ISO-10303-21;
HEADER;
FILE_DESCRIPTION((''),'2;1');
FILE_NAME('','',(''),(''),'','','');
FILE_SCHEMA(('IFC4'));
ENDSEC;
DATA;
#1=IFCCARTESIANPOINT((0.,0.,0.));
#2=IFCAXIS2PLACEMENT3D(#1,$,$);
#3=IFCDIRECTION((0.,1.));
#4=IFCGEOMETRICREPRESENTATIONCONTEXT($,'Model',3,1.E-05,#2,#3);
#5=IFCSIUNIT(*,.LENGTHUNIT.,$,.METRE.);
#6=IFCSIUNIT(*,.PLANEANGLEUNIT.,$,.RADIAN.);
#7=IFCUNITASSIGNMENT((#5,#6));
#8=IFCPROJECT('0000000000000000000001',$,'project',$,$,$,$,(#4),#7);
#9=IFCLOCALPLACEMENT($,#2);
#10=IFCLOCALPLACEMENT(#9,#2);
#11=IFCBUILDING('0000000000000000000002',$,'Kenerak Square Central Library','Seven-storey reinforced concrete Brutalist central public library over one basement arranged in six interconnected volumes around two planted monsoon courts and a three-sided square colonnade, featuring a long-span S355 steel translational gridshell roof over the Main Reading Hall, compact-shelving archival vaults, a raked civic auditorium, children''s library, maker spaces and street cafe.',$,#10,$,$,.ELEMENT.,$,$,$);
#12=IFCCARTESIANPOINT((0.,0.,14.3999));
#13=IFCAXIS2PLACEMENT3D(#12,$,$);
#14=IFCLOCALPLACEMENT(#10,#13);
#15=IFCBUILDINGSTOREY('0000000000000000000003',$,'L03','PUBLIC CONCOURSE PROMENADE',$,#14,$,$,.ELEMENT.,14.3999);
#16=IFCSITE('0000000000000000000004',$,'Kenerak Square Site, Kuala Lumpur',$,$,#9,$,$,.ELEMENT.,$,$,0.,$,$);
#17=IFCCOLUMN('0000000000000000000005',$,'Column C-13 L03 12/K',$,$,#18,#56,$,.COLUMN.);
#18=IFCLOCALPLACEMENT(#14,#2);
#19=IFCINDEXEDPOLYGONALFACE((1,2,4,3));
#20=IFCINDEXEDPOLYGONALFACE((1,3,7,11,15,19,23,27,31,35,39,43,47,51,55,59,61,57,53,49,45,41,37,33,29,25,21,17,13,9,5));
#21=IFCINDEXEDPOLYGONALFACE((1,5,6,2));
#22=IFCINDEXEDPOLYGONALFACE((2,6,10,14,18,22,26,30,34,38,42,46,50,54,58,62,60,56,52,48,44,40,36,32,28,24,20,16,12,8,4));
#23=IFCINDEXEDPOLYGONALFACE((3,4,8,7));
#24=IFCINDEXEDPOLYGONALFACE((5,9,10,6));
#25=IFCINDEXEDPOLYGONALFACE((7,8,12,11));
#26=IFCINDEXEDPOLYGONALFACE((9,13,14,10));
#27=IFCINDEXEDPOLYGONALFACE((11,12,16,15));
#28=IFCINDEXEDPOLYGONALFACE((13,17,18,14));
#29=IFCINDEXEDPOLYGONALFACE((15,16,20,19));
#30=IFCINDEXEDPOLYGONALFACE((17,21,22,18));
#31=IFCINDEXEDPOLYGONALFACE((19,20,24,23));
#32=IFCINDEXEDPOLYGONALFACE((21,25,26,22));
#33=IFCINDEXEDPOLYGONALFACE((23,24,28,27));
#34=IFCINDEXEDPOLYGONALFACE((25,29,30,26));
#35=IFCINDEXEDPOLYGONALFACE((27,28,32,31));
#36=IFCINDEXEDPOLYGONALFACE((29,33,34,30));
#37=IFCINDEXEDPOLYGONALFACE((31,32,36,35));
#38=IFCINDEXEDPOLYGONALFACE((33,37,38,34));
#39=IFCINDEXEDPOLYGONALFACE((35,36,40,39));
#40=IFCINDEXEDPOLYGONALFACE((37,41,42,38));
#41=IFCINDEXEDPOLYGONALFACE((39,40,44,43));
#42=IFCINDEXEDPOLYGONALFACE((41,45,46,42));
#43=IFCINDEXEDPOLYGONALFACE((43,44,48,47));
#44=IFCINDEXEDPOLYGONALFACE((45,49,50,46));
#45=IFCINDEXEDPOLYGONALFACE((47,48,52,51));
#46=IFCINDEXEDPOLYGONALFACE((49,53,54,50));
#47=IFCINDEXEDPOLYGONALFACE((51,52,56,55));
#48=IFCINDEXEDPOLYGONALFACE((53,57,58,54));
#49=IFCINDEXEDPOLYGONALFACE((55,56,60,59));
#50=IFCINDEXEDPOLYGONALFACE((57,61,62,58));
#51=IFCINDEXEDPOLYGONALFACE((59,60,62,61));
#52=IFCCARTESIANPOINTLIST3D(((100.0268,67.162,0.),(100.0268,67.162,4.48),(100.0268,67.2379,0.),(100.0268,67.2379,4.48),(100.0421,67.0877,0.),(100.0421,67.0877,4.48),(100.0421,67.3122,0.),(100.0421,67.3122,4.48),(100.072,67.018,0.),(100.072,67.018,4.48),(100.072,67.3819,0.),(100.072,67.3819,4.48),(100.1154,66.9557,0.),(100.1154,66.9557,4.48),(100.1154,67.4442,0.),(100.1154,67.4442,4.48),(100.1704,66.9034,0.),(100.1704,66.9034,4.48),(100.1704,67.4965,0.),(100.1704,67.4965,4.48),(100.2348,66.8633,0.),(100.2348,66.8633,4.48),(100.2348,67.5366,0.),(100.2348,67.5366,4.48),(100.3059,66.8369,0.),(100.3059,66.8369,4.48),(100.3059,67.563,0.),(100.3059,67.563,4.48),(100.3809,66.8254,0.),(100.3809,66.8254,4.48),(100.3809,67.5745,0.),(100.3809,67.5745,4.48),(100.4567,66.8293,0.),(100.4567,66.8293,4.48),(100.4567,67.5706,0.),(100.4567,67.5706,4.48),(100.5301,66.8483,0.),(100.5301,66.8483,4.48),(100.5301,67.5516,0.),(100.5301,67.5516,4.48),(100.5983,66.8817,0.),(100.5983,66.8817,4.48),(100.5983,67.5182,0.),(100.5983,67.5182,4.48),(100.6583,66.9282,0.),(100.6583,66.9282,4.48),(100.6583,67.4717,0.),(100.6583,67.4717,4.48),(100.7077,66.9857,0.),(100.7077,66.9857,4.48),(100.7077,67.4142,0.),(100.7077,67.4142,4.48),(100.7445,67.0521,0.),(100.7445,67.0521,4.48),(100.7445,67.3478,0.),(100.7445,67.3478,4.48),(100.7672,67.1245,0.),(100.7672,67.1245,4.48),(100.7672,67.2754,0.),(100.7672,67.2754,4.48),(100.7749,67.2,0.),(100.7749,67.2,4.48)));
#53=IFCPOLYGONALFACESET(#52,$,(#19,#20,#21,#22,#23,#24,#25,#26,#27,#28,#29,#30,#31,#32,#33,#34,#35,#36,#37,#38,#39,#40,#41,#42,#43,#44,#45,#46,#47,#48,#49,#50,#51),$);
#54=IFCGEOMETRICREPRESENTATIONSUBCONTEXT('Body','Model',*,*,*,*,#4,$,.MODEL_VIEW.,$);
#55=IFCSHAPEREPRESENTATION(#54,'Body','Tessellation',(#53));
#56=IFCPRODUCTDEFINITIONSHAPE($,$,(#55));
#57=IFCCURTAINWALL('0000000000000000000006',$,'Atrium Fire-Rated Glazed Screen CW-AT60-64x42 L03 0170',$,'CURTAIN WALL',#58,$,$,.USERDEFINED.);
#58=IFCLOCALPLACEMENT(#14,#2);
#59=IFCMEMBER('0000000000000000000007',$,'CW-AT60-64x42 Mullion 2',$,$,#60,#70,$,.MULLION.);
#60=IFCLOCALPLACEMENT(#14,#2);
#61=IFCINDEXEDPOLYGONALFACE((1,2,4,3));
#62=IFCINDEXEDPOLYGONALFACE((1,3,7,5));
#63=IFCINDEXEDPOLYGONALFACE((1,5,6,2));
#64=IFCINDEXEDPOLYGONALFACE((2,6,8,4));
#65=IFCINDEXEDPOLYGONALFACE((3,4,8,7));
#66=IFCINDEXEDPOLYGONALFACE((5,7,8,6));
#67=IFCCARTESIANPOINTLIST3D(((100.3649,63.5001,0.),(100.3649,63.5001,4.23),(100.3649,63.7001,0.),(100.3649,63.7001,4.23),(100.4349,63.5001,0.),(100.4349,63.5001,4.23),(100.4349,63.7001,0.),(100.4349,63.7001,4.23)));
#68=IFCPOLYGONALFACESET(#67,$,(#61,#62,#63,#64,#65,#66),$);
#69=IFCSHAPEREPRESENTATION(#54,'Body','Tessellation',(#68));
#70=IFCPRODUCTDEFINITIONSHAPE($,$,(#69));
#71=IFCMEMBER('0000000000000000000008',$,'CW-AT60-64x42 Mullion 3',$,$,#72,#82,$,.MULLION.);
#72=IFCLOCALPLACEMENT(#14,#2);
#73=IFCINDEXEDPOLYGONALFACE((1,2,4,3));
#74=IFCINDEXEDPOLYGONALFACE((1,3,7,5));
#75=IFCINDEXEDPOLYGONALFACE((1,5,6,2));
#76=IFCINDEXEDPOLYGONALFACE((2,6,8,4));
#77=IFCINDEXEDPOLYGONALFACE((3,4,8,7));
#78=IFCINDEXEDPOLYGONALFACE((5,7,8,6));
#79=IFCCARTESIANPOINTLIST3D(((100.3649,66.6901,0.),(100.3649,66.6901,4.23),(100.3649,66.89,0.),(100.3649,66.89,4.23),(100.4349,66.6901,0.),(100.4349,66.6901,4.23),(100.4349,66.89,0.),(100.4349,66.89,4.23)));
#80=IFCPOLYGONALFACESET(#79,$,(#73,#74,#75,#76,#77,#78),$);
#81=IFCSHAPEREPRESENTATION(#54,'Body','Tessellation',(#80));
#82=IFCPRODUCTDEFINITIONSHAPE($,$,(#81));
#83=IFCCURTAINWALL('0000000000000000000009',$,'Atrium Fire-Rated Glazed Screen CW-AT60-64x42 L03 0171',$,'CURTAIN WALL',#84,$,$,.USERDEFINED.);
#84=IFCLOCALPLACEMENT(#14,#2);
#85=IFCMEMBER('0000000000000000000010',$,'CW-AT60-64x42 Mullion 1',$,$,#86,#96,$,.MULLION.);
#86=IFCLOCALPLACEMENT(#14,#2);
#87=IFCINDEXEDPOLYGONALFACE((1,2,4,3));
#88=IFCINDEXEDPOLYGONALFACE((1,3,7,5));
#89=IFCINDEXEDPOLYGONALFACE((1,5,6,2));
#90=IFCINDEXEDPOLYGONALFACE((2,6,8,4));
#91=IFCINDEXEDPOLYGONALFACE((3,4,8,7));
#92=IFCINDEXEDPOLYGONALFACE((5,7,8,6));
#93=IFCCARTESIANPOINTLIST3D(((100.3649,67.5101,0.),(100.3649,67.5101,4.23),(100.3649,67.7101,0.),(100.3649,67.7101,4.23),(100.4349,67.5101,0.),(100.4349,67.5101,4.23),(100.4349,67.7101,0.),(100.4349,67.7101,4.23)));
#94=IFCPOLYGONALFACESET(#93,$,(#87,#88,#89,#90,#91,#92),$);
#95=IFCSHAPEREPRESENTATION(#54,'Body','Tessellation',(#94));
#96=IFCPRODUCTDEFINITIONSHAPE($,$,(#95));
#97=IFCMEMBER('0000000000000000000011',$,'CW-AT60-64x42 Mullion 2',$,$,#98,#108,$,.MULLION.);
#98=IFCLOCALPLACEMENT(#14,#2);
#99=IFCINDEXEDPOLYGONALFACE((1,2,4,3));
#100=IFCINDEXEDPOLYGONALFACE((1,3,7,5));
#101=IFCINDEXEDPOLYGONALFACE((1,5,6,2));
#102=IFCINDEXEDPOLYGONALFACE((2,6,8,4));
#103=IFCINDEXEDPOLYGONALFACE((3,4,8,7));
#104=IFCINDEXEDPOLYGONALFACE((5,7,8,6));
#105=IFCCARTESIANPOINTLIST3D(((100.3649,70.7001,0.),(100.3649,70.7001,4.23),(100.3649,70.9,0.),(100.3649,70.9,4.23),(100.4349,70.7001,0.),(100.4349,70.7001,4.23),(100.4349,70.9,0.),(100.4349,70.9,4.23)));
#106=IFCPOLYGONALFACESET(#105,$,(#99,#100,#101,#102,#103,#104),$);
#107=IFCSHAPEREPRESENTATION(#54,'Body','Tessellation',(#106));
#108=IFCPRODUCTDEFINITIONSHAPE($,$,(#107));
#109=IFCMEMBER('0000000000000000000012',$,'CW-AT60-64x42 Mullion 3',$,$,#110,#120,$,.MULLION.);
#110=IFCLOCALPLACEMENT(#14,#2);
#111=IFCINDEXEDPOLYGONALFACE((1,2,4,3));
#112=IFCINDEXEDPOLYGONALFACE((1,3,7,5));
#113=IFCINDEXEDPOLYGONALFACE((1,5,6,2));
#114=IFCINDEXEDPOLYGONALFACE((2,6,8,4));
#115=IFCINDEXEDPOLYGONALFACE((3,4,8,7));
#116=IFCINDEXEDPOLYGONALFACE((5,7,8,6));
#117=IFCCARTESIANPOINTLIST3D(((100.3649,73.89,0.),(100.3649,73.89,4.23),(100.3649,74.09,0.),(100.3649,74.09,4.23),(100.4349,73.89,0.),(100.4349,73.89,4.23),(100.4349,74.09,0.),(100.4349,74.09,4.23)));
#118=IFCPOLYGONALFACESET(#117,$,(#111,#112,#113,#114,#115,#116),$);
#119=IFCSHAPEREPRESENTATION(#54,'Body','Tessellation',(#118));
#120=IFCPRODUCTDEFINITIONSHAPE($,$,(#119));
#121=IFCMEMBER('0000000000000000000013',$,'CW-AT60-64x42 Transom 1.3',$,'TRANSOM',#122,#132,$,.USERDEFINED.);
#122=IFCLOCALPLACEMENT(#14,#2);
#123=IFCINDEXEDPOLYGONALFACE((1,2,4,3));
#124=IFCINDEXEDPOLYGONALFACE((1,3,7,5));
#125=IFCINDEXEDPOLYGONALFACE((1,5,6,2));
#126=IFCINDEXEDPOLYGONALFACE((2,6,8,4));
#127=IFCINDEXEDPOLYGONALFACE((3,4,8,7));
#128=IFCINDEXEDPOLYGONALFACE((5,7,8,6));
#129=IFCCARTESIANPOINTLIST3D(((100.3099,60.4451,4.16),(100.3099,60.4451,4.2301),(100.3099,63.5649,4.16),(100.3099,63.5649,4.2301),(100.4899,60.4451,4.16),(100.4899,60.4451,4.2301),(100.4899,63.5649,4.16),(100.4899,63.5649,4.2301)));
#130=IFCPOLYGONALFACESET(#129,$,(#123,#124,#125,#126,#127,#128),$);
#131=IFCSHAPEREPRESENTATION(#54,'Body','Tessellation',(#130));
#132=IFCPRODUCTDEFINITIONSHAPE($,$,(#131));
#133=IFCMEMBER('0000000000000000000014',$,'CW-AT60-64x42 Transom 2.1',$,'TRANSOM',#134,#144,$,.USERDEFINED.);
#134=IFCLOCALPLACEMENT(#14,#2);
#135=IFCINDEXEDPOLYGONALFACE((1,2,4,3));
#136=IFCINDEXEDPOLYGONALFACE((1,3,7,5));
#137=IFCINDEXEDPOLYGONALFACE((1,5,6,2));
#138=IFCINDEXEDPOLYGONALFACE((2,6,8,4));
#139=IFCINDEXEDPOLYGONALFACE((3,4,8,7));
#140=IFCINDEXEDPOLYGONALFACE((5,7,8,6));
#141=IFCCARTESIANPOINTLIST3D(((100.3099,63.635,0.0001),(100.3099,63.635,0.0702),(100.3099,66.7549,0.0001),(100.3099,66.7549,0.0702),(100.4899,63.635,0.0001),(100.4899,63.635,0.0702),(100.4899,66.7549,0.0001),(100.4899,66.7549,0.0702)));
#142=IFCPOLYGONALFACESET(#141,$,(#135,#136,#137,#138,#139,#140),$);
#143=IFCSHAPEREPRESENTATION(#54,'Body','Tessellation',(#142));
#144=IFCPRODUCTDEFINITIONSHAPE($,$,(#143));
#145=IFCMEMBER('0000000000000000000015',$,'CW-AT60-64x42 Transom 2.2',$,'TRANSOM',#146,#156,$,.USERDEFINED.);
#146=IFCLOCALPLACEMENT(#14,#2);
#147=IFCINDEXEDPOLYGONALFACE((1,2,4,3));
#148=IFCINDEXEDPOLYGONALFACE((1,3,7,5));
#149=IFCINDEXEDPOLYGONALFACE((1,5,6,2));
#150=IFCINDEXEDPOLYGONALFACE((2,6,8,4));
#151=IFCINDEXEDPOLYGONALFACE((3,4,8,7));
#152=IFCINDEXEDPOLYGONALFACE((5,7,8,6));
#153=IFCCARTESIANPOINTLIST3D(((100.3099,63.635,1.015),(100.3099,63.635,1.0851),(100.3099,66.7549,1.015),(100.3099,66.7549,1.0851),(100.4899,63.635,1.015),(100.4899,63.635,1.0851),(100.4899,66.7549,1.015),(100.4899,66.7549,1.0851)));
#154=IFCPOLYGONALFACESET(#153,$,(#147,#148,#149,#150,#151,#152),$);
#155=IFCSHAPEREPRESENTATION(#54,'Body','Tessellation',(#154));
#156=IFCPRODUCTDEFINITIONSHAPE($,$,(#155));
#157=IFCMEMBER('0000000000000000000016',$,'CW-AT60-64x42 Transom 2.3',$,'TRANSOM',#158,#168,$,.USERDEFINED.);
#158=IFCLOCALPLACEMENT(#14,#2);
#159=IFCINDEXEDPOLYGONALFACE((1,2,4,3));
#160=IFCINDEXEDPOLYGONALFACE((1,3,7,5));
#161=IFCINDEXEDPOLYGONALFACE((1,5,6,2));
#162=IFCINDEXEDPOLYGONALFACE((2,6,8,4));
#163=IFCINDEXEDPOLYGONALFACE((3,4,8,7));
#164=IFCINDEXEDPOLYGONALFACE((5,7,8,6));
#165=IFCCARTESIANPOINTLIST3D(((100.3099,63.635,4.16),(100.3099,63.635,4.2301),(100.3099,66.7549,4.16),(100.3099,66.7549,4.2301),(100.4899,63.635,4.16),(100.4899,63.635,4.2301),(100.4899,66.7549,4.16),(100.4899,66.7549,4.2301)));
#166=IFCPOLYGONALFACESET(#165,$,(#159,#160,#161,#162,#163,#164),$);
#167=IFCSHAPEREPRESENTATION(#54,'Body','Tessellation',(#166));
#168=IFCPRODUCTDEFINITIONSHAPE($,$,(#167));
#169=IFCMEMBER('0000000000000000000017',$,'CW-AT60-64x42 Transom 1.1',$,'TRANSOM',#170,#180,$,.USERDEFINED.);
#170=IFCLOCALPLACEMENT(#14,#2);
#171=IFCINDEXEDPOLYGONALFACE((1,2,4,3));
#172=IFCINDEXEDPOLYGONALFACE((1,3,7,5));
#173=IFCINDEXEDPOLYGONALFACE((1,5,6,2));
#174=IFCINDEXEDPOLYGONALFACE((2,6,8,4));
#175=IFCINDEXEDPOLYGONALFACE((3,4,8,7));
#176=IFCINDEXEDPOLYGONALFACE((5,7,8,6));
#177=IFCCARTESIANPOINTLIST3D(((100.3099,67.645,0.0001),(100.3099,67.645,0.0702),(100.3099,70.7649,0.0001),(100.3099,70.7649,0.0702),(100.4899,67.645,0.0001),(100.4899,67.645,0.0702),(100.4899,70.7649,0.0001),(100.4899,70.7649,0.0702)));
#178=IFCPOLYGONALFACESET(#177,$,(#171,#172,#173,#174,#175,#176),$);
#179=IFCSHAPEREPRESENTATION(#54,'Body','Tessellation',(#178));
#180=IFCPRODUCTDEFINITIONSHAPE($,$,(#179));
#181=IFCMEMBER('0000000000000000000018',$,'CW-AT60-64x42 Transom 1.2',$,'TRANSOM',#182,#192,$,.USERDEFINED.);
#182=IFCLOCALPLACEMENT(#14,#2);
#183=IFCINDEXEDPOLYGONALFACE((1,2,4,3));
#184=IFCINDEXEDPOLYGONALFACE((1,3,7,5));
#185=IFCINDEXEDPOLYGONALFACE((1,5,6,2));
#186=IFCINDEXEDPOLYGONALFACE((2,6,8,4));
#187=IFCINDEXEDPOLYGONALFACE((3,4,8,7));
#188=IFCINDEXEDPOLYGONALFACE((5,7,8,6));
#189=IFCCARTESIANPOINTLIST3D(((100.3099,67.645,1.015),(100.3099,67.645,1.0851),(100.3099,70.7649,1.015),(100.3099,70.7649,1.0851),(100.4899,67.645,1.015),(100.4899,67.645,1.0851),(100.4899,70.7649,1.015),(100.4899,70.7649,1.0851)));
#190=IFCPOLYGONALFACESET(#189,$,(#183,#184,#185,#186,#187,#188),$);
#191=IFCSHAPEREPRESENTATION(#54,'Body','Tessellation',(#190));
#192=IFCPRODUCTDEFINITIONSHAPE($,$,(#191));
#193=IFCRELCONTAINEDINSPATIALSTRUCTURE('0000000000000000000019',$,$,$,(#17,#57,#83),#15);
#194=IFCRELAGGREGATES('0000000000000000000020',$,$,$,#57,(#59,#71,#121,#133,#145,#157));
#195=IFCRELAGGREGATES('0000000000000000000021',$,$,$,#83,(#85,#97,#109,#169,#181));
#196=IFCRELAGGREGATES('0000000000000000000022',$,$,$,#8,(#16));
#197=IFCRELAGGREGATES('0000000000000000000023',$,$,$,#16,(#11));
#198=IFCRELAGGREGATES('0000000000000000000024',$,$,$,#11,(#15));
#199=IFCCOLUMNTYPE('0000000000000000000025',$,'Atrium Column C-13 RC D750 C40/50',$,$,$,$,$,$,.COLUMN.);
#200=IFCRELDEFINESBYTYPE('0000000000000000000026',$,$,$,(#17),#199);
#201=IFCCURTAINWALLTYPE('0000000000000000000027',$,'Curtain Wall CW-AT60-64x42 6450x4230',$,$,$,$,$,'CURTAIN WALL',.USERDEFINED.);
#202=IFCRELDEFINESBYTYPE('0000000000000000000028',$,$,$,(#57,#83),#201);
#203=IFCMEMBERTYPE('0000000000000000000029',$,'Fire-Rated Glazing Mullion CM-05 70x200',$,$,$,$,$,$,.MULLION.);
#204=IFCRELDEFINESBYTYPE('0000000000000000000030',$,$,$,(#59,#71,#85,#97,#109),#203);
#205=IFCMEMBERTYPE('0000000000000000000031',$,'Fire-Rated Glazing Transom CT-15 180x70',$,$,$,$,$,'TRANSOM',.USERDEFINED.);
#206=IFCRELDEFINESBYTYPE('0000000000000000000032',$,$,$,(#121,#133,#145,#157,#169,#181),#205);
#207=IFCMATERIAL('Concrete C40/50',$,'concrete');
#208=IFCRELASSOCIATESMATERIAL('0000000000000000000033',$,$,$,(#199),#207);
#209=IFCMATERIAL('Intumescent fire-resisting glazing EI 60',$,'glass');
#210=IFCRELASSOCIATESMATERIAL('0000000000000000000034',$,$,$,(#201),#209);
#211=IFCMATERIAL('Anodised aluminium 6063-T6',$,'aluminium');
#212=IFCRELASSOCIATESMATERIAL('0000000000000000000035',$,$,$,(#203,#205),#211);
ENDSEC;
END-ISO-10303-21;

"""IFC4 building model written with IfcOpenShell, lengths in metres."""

from ifc_helpers import new_model, si_unit, direction, frame, origin, origin_2d, place, context, subcontext, project, spatial, rectangle, circle, extrude, material, material_profile, profile_set, type_object, element, aggregate, save


model = new_model("IFC4")

# Units and contexts
model_context = context("Model", 3, precision=1e-05, world=origin(), true_north=direction((0.0, 1.0)))
body_context = subcontext(model_context, "Body", "Model", "MODEL_VIEW")
ifc_project = project(units=[si_unit("LENGTHUNIT", "METRE"), si_unit("PLANEANGLEUNIT", "RADIAN")], contexts=[model_context])

# Site, building, storey
site_placement = place(None, origin())
site = spatial("IfcSite", under=ifc_project, at=site_placement, Name="Kenerak Square Site, Kuala Lumpur", CompositionType="ELEMENT", RefElevation=0.0)
building_placement = place(site_placement, origin())
building = spatial("IfcBuilding", under=site, at=building_placement, Name="Kenerak Square Central Library", Description="Seven-storey reinforced concrete Brutalist central public library over one basement arranged in six interconnected volumes around two planted monsoon courts and a three-sided square colonnade, featuring a long-span S355 steel translational gridshell roof over the Main Reading Hall, compact-shelving archival vaults, a raked civic auditorium, children's library, maker spaces and street cafe.", CompositionType="ELEMENT")
storey_placement = place(building_placement, frame((0.0, 0.0, 14.3999)))
storey = spatial("IfcBuildingStorey", under=building, at=storey_placement, Name="L03", Description="PUBLIC CONCOURSE PROMENADE", CompositionType="ELEMENT", Elevation=14.3999)

# Column
ifc_material_1 = material(Name="Concrete C40/50", Category="concrete")
ifc_material_profile_1 = material_profile(ifc_material_1, circle(Radius=0.375, at=origin_2d()), Name="RC D750")
ifc_profile_set_1 = profile_set([ifc_material_profile_1], Name="Concrete C40/50")
column_type = type_object("IfcColumnType", Name="Atrium Column C-13 RC D750 C40/50", PredefinedType="COLUMN", material=ifc_profile_set_1)
column_placement = place(storey_placement, frame((100.3999, 67.2, 0.0), z_axis=(0.0, 0.0, 1.0), x_axis=(1.0, 0.0, 0.0)))
element("IfcColumn", 1, at=column_placement, inside=storey, type_object=column_type, Name="Column C-13 L03 12/K", PredefinedType="COLUMN", context=body_context, shape_type="SweptSolid", body=[
    extrude(circle(Radius=0.375, at=origin_2d()), origin(), (0.0, 0.0, 1.0), 4.48),
])

# Curtain walls, members
ifc_material_2 = material(Name="Intumescent fire-resisting glazing EI 60", Category="glass")
curtain_wall_type = type_object("IfcCurtainWallType", Name="Curtain Wall CW-AT60-64x42 6450x4230", ElementType="CURTAIN WALL", PredefinedType="USERDEFINED", material=ifc_material_2)
curtain_wall_1_placement = place(storey_placement, origin())
curtain_wall_1 = element("IfcCurtainWall", 2, at=curtain_wall_1_placement, inside=storey, type_object=curtain_wall_type, Name="Atrium Fire-Rated Glazed Screen CW-AT60-64x42 L03 0170", ObjectType="CURTAIN WALL", PredefinedType="USERDEFINED")
ifc_material_3 = material(Name="Anodised aluminium 6063-T6", Category="aluminium")
ifc_material_profile_2 = material_profile(ifc_material_3, rectangle(XDim=0.0701, YDim=0.2, at=origin_2d()), Name="AL MULLION 70x200")
ifc_profile_set_2 = profile_set([ifc_material_profile_2], Name="Anodised aluminium 6063-T6")
member_type_1 = type_object("IfcMemberType", Name="Fire-Rated Glazing Mullion CM-05 70x200", PredefinedType="MULLION", material=ifc_profile_set_2)
member_1_placement = place(storey_placement, frame((100.3999, 63.6001, 0.0), z_axis=(0.0, 0.0, 1.0), x_axis=(-1.0, 0.0, 0.0)))
member_1 = element("IfcMember", 3, at=member_1_placement, type_object=member_type_1, Name="CW-AT60-64x42 Mullion 2", PredefinedType="MULLION", context=body_context, shape_type="SweptSolid", body=[
    extrude(rectangle(XDim=0.0701, YDim=0.2, at=origin_2d()), origin(), (0.0, 0.0, 1.0), 4.23),
])
member_2_placement = place(storey_placement, frame((100.3999, 66.79, 0.0), z_axis=(0.0, 0.0, 1.0), x_axis=(-1.0, 0.0, 0.0)))
member_2 = element("IfcMember", 4, at=member_2_placement, type_object=member_type_1, Name="CW-AT60-64x42 Mullion 3", PredefinedType="MULLION", context=body_context, shape_type="SweptSolid", body=[
    extrude(rectangle(XDim=0.0701, YDim=0.2, at=origin_2d()), origin(), (0.0, 0.0, 1.0), 4.23),
])
curtain_wall_2_placement = place(storey_placement, origin())
curtain_wall_2 = element("IfcCurtainWall", 5, at=curtain_wall_2_placement, inside=storey, type_object=curtain_wall_type, Name="Atrium Fire-Rated Glazed Screen CW-AT60-64x42 L03 0171", ObjectType="CURTAIN WALL", PredefinedType="USERDEFINED")
member_3_placement = place(storey_placement, frame((100.3999, 67.6101, 0.0), z_axis=(0.0, 0.0, 1.0), x_axis=(-1.0, 0.0, 0.0)))
member_3 = element("IfcMember", 6, at=member_3_placement, type_object=member_type_1, Name="CW-AT60-64x42 Mullion 1", PredefinedType="MULLION", context=body_context, shape_type="SweptSolid", body=[
    extrude(rectangle(XDim=0.0701, YDim=0.2, at=origin_2d()), origin(), (0.0, 0.0, 1.0), 4.23),
])
member_4_placement = place(storey_placement, frame((100.3999, 70.8, 0.0), z_axis=(0.0, 0.0, 1.0), x_axis=(-1.0, 0.0, 0.0)))
member_4 = element("IfcMember", 7, at=member_4_placement, type_object=member_type_1, Name="CW-AT60-64x42 Mullion 2", PredefinedType="MULLION", context=body_context, shape_type="SweptSolid", body=[
    extrude(rectangle(XDim=0.0701, YDim=0.2, at=origin_2d()), origin(), (0.0, 0.0, 1.0), 4.23),
])
member_5_placement = place(storey_placement, frame((100.3999, 73.99, 0.0), z_axis=(0.0, 0.0, 1.0), x_axis=(-1.0, 0.0, 0.0)))
member_5 = element("IfcMember", 8, at=member_5_placement, type_object=member_type_1, Name="CW-AT60-64x42 Mullion 3", PredefinedType="MULLION", context=body_context, shape_type="SweptSolid", body=[
    extrude(rectangle(XDim=0.0701, YDim=0.2, at=origin_2d()), origin(), (0.0, 0.0, 1.0), 4.23),
])

# Members
ifc_material_profile_3 = material_profile(ifc_material_3, rectangle(XDim=0.1799, YDim=0.0701, at=origin_2d()), Name="AL TRANSOM 180x70")
ifc_profile_set_3 = profile_set([ifc_material_profile_3], Name="Anodised aluminium 6063-T6")
member_type_2 = type_object("IfcMemberType", Name="Fire-Rated Glazing Transom CT-15 180x70", ElementType="TRANSOM", PredefinedType="USERDEFINED", material=ifc_profile_set_3)
member_6_placement = place(storey_placement, frame((100.3999, 60.4451, 4.1951), z_axis=(0.0, 1.0, 0.0), x_axis=(-1.0, 0.0, 0.0)))
member_6 = element("IfcMember", 9, at=member_6_placement, type_object=member_type_2, Name="CW-AT60-64x42 Transom 1.3", ObjectType="TRANSOM", PredefinedType="USERDEFINED", context=body_context, shape_type="SweptSolid", body=[
    extrude(rectangle(XDim=0.1799, YDim=0.0701, at=origin_2d()), origin(), (0.0, 0.0, 1.0), 3.1199),
])
member_7_placement = place(storey_placement, frame((100.3999, 63.635, 0.0352), z_axis=(0.0, 1.0, 0.0), x_axis=(-1.0, 0.0, 0.0)))
member_7 = element("IfcMember", 10, at=member_7_placement, type_object=member_type_2, Name="CW-AT60-64x42 Transom 2.1", ObjectType="TRANSOM", PredefinedType="USERDEFINED", context=body_context, shape_type="SweptSolid", body=[
    extrude(rectangle(XDim=0.1799, YDim=0.0701, at=origin_2d()), origin(), (0.0, 0.0, 1.0), 3.1199),
])
member_8_placement = place(storey_placement, frame((100.3999, 63.635, 1.05), z_axis=(0.0, 1.0, 0.0), x_axis=(-1.0, 0.0, 0.0)))
member_8 = element("IfcMember", 11, at=member_8_placement, type_object=member_type_2, Name="CW-AT60-64x42 Transom 2.2", ObjectType="TRANSOM", PredefinedType="USERDEFINED", context=body_context, shape_type="SweptSolid", body=[
    extrude(rectangle(XDim=0.1799, YDim=0.0701, at=origin_2d()), origin(), (0.0, 0.0, 1.0), 3.1199),
])
member_9_placement = place(storey_placement, frame((100.3999, 63.635, 4.1951), z_axis=(0.0, 1.0, 0.0), x_axis=(-1.0, 0.0, 0.0)))
member_9 = element("IfcMember", 12, at=member_9_placement, type_object=member_type_2, Name="CW-AT60-64x42 Transom 2.3", ObjectType="TRANSOM", PredefinedType="USERDEFINED", context=body_context, shape_type="SweptSolid", body=[
    extrude(rectangle(XDim=0.1799, YDim=0.0701, at=origin_2d()), origin(), (0.0, 0.0, 1.0), 3.1199),
])
member_10_placement = place(storey_placement, frame((100.3999, 67.645, 0.0352), z_axis=(0.0, 1.0, 0.0), x_axis=(-1.0, 0.0, 0.0)))
member_10 = element("IfcMember", 13, at=member_10_placement, type_object=member_type_2, Name="CW-AT60-64x42 Transom 1.1", ObjectType="TRANSOM", PredefinedType="USERDEFINED", context=body_context, shape_type="SweptSolid", body=[
    extrude(rectangle(XDim=0.1799, YDim=0.0701, at=origin_2d()), origin(), (0.0, 0.0, 1.0), 3.1199),
])
member_11_placement = place(storey_placement, frame((100.3999, 67.645, 1.05), z_axis=(0.0, 1.0, 0.0), x_axis=(-1.0, 0.0, 0.0)))
member_11 = element("IfcMember", 14, at=member_11_placement, type_object=member_type_2, Name="CW-AT60-64x42 Transom 1.2", ObjectType="TRANSOM", PredefinedType="USERDEFINED", context=body_context, shape_type="SweptSolid", body=[
    extrude(rectangle(XDim=0.1799, YDim=0.0701, at=origin_2d()), origin(), (0.0, 0.0, 1.0), 3.1199),
])

aggregate(curtain_wall_1, [member_1, member_2, member_6, member_7, member_8, member_9])
aggregate(curtain_wall_2, [member_3, member_4, member_5, member_10, member_11])

save(model, "model.ifc")
